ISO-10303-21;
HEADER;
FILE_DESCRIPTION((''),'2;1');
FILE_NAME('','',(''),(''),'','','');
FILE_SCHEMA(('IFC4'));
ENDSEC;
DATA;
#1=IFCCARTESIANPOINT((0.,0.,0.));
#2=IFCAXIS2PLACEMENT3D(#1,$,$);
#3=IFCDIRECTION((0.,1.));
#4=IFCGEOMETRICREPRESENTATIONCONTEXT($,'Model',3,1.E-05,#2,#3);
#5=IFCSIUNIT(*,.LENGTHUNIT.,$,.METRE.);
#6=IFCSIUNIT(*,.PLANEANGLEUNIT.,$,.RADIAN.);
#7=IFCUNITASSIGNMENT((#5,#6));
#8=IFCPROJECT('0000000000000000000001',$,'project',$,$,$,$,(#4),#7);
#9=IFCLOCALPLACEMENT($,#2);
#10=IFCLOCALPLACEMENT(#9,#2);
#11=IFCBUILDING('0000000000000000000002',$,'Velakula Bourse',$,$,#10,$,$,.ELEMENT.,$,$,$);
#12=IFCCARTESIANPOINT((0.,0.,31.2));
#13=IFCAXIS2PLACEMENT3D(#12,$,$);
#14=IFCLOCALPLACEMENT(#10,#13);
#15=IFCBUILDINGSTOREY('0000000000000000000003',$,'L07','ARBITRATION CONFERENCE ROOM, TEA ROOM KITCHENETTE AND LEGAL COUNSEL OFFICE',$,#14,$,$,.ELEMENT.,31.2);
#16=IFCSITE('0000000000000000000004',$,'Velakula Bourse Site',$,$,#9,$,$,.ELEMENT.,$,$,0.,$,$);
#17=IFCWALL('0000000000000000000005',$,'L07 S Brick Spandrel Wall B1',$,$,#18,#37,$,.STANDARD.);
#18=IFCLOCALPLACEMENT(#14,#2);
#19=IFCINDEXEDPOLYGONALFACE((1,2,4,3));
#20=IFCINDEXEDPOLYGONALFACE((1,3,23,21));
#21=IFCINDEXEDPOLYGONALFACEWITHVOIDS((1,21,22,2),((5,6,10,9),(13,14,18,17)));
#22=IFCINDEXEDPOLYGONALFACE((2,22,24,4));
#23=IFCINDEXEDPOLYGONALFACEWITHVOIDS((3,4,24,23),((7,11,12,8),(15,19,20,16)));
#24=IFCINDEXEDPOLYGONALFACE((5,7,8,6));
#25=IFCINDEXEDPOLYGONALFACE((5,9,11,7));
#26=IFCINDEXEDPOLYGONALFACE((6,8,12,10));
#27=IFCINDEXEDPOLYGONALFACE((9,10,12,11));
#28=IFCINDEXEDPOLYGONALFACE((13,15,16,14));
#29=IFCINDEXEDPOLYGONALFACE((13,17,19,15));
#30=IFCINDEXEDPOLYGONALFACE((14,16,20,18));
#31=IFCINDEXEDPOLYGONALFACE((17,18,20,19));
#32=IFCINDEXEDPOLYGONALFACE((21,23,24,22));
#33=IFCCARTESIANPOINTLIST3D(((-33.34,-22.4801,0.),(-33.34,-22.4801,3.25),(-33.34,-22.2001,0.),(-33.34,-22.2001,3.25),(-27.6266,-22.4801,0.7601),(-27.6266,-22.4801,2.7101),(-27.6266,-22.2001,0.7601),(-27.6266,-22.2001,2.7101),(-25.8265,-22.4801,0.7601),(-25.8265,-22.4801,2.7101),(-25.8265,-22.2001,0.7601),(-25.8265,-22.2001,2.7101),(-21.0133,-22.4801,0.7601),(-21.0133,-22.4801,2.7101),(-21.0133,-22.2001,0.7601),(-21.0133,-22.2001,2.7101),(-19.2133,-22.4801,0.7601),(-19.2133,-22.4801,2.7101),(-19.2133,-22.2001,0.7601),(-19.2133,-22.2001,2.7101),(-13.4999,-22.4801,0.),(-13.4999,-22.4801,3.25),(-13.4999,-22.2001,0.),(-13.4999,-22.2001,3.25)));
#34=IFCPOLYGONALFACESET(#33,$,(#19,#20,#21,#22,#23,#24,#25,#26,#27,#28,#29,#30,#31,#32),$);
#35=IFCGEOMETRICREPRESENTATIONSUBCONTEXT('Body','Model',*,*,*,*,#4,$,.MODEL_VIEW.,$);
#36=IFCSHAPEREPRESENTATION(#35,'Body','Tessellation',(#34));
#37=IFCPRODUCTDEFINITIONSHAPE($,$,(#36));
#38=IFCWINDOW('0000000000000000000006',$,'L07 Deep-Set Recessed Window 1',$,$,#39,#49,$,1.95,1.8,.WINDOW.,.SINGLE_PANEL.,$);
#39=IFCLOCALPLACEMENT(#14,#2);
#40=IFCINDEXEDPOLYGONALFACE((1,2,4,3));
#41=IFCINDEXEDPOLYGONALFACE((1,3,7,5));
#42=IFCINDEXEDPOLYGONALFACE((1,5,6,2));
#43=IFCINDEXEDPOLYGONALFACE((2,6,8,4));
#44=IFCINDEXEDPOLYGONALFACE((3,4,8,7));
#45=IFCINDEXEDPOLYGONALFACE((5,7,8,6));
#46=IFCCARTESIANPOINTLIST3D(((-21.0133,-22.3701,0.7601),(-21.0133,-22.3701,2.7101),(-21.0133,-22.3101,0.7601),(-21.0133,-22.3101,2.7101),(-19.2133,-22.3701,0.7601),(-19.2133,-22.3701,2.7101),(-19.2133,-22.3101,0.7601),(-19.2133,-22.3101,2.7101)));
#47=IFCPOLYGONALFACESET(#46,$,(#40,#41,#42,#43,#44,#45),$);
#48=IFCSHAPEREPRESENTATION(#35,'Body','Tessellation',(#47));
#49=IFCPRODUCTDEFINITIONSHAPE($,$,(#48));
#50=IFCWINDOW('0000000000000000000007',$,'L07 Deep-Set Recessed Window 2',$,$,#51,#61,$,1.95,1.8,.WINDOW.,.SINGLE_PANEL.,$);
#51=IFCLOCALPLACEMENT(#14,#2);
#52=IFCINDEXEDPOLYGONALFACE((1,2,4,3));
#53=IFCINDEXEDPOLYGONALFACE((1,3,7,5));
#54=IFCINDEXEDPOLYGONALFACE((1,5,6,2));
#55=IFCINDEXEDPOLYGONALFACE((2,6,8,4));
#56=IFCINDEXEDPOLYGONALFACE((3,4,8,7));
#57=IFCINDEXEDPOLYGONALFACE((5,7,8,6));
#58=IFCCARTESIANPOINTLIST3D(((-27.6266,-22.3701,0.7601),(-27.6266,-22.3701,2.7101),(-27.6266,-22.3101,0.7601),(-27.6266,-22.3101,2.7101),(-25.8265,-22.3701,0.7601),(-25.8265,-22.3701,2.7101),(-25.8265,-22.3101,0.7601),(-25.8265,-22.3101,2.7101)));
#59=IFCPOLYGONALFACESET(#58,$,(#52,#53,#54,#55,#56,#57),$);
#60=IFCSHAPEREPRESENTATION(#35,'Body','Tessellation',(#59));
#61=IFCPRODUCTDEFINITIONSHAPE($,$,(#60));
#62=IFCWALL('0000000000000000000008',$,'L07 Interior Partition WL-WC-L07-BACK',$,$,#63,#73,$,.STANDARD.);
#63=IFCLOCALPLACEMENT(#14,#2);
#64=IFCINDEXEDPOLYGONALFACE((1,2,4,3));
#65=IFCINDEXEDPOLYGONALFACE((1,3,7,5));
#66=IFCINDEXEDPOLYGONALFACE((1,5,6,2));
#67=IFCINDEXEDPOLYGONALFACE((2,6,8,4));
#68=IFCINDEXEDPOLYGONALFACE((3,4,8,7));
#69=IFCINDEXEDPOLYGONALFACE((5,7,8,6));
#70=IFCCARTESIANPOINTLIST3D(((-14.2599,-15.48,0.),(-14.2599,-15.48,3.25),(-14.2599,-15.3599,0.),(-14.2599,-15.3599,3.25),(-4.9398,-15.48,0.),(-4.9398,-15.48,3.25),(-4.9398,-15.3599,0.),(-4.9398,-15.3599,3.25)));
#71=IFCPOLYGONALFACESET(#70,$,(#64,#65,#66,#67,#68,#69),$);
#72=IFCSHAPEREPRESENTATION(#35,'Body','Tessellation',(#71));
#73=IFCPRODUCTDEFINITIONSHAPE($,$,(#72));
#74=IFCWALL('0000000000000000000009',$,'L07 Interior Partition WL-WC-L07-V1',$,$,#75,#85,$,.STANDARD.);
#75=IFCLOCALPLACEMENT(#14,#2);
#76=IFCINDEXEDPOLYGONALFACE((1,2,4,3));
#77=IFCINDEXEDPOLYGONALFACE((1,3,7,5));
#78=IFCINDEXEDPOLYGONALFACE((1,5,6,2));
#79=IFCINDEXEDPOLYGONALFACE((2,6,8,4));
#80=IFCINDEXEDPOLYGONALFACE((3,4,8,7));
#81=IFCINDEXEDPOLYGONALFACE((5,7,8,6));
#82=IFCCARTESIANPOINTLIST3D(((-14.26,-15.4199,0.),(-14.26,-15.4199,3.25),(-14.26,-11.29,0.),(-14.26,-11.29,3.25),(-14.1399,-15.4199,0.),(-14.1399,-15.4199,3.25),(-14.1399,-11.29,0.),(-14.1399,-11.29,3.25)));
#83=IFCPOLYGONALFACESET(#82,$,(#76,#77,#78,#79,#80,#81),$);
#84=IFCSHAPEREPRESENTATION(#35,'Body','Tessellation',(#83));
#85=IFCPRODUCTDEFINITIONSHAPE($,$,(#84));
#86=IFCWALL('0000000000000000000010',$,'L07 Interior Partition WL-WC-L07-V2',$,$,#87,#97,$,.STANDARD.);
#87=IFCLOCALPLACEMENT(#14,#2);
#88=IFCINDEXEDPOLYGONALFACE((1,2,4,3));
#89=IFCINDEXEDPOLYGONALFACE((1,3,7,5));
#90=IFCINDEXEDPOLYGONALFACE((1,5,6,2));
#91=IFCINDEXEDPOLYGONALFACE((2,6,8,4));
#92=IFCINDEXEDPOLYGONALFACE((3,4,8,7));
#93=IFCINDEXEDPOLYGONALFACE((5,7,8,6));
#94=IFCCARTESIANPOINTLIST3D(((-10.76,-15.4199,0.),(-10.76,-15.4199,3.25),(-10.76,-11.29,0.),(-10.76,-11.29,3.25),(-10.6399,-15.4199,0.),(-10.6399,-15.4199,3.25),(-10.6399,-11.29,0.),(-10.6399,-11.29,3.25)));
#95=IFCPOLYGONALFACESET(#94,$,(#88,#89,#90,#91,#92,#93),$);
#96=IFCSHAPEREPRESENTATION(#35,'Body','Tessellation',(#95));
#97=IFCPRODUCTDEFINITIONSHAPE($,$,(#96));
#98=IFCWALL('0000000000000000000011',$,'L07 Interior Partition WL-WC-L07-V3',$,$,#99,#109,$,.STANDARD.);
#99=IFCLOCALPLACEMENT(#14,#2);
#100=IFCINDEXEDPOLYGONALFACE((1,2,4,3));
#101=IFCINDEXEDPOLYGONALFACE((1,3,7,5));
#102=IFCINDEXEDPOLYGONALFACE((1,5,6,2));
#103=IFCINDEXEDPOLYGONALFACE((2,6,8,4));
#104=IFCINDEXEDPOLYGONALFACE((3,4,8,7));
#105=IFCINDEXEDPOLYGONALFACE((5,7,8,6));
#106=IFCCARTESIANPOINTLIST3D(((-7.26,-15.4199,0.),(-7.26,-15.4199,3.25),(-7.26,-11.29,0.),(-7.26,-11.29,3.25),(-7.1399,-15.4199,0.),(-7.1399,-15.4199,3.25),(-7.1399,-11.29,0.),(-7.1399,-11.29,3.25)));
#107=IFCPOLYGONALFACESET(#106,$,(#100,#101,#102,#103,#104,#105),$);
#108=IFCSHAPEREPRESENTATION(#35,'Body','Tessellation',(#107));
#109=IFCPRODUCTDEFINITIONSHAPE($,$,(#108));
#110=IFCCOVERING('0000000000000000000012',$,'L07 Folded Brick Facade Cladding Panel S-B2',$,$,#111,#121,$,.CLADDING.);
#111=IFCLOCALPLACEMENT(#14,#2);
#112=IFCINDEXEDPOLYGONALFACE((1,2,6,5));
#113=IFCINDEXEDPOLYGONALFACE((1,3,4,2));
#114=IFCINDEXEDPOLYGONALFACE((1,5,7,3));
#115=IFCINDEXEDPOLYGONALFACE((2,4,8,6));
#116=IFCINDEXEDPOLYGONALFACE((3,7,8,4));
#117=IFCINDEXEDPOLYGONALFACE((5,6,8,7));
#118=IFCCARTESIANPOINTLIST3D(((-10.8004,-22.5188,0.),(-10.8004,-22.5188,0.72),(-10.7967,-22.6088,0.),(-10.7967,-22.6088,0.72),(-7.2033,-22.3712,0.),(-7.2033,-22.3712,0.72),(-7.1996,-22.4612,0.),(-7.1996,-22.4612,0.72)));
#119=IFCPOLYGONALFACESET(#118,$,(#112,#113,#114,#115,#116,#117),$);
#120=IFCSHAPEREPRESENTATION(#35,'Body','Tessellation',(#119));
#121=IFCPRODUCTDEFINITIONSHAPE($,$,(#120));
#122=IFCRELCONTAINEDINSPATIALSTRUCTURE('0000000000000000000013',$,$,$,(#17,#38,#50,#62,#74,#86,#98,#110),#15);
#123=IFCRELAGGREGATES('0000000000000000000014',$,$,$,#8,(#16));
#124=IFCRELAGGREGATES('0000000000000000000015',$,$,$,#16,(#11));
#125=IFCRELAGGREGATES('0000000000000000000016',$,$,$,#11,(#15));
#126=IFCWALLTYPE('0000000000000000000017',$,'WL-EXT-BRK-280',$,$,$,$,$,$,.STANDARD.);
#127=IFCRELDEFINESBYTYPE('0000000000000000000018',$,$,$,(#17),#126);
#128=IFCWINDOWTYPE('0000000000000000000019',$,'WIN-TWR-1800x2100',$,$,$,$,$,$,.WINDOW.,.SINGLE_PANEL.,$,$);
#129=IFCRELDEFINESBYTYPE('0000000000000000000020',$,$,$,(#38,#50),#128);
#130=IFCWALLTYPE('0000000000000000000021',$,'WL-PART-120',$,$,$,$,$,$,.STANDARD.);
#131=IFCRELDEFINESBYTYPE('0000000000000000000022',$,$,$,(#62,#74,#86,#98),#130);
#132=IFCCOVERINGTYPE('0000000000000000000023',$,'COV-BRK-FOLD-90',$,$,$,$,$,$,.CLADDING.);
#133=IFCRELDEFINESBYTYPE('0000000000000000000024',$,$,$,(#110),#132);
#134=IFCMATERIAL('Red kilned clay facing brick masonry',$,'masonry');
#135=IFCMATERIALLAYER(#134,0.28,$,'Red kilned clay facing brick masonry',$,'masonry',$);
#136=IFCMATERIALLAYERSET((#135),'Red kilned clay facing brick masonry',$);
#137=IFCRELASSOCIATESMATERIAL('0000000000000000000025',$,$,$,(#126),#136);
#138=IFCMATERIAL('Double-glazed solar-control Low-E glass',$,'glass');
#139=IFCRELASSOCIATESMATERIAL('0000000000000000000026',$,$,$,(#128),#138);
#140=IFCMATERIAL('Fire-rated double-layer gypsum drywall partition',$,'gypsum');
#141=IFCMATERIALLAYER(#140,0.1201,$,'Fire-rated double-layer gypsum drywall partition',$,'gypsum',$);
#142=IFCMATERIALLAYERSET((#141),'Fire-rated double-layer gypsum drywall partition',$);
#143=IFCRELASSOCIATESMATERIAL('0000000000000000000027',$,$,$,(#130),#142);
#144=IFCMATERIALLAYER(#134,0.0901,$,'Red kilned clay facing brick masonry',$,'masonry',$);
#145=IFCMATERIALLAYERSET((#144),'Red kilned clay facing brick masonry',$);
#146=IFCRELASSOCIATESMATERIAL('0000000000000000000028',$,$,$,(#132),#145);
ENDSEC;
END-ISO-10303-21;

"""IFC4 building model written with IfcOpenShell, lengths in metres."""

from ifc_helpers import new_model, si_unit, direction, frame, frame_2d, origin, origin_2d, place, context, subcontext, project, spatial, rectangle, extrude, material, layer, layer_set, type_object, element, fill, save


model = new_model("IFC4")

# Units and contexts
model_context = context("Model", 3, precision=1e-05, world=origin(), true_north=direction((0.0, 1.0)))
body_context = subcontext(model_context, "Body", "Model", "MODEL_VIEW")
ifc_project = project(units=[si_unit("LENGTHUNIT", "METRE"), si_unit("PLANEANGLEUNIT", "RADIAN")], contexts=[model_context])

# Site, building, storey
site_placement = place(None, origin())
site = spatial("IfcSite", under=ifc_project, at=site_placement, Name="Velakula Bourse Site", CompositionType="ELEMENT", RefElevation=0.0)
building_placement = place(site_placement, origin())
building = spatial("IfcBuilding", under=site, at=building_placement, Name="Velakula Bourse", CompositionType="ELEMENT")
storey_placement = place(building_placement, frame((0.0, 0.0, 31.2)))
storey = spatial("IfcBuildingStorey", under=building, at=storey_placement, Name="L07", Description="ARBITRATION CONFERENCE ROOM, TEA ROOM KITCHENETTE AND LEGAL COUNSEL OFFICE", CompositionType="ELEMENT", Elevation=31.2)

# Wall, openings, windows
ifc_material_1 = material(Name="Red kilned clay facing brick masonry", Category="masonry")
ifc_layer_1 = layer(ifc_material_1, 0.28, Name="Red kilned clay facing brick masonry", Category="masonry")
ifc_layer_set_1 = layer_set([ifc_layer_1], Name="Red kilned clay facing brick masonry")
wall_type_1 = type_object("IfcWallType", Name="WL-EXT-BRK-280", PredefinedType="STANDARD", material=ifc_layer_set_1)
wall_1_placement = place(storey_placement, frame((-13.5, -22.3401, 0.0), z_axis=(0.0, 0.0, 1.0), x_axis=(-1.0, 0.0, 0.0)))
wall_1 = element("IfcWall", 1, at=wall_1_placement, inside=storey, type_object=wall_type_1, Name="L07 S Brick Spandrel Wall B1", PredefinedType="STANDARD", context=body_context, shape_type="SweptSolid", body=[
    extrude(rectangle(XDim=19.8401, YDim=0.28, at=frame_2d((9.9199, 0.0))), origin(), (0.0, 0.0, 1.0), 3.25),
])
opening_1_placement = place(wall_1_placement, frame((5.7134, 0.0, 0.76)))
opening_1 = element("IfcOpeningElement", 2, at=opening_1_placement, cuts=wall_1, PredefinedType="OPENING", context=body_context, shape_type="SweptSolid", body=[
    extrude(rectangle(XDim=1.8, YDim=1.95, at=frame_2d((0.8999, 0.9751))), frame((0.0, 0.1499, 0.0), z_axis=(0.0, -1.0, 0.0), x_axis=(1.0, 0.0, 0.0)), (0.0, 0.0, 1.0), 0.3),
])
opening_2_placement = place(wall_1_placement, frame((12.3267, 0.0, 0.76)))
opening_2 = element("IfcOpeningElement", 3, at=opening_2_placement, cuts=wall_1, PredefinedType="OPENING", context=body_context, shape_type="SweptSolid", body=[
    extrude(rectangle(XDim=1.8, YDim=1.95, at=frame_2d((0.8999, 0.9751))), frame((0.0, 0.1499, 0.0), z_axis=(0.0, -1.0, 0.0), x_axis=(1.0, 0.0, 0.0)), (0.0, 0.0, 1.0), 0.3),
])
ifc_material_2 = material(Name="Double-glazed solar-control Low-E glass", Category="glass")
window_type = type_object("IfcWindowType", Name="WIN-TWR-1800x2100", PartitioningType="SINGLE_PANEL", PredefinedType="WINDOW", material=ifc_material_2)
window_1_placement = place(opening_1_placement, origin())
window_1 = element("IfcWindow", 4, at=window_1_placement, inside=storey, type_object=window_type, Name="L07 Deep-Set Recessed Window 1", OverallHeight=1.95, OverallWidth=1.8, PartitioningType="SINGLE_PANEL", PredefinedType="WINDOW", context=body_context, shape_type="SweptSolid", body=[
    extrude(rectangle(XDim=1.8, YDim=1.95, at=frame_2d((0.8999, 0.9751))), frame((0.0, 0.03, 0.0), z_axis=(0.0, -1.0, 0.0), x_axis=(1.0, 0.0, 0.0)), (0.0, 0.0, 1.0), 0.0601),
])
fill(opening_1, window_1)
window_2_placement = place(opening_2_placement, origin())
window_2 = element("IfcWindow", 5, at=window_2_placement, inside=storey, type_object=window_type, Name="L07 Deep-Set Recessed Window 2", OverallHeight=1.95, OverallWidth=1.8, PartitioningType="SINGLE_PANEL", PredefinedType="WINDOW", context=body_context, shape_type="SweptSolid", body=[
    extrude(rectangle(XDim=1.8, YDim=1.95, at=frame_2d((0.8999, 0.9751))), frame((0.0, 0.03, 0.0), z_axis=(0.0, -1.0, 0.0), x_axis=(1.0, 0.0, 0.0)), (0.0, 0.0, 1.0), 0.0601),
])
fill(opening_2, window_2)

# Walls
ifc_material_3 = material(Name="Fire-rated double-layer gypsum drywall partition", Category="gypsum")
ifc_layer_2 = layer(ifc_material_3, 0.1201, Name="Fire-rated double-layer gypsum drywall partition", Category="gypsum")
ifc_layer_set_2 = layer_set([ifc_layer_2], Name="Fire-rated double-layer gypsum drywall partition")
wall_type_2 = type_object("IfcWallType", Name="WL-PART-120", PredefinedType="STANDARD", material=ifc_layer_set_2)
wall_2_placement = place(storey_placement, frame((-14.26, -15.4199, 0.0), z_axis=(0.0, 0.0, 1.0), x_axis=(1.0, 0.0, 0.0)))
element("IfcWall", 6, at=wall_2_placement, inside=storey, type_object=wall_type_2, Name="L07 Interior Partition WL-WC-L07-BACK", PredefinedType="STANDARD", context=body_context, shape_type="SweptSolid", body=[
    extrude(rectangle(XDim=9.3201, YDim=0.1201, at=frame_2d((4.6602, 0.0))), origin(), (0.0, 0.0, 1.0), 3.25),
])
for number, where, z_axis, x_axis, name in (
    (7, (-14.2, -15.4199, 0.0), (0.0, 0.0, 1.0), (0.0, 1.0, 0.0), "L07 Interior Partition WL-WC-L07-V1"),
    (8, (-10.7, -15.4199, 0.0), (0.0, 0.0, 1.0), (0.0, 1.0, 0.0), "L07 Interior Partition WL-WC-L07-V2"),
    (9, (-7.2, -15.4199, 0.0), (0.0, 0.0, 1.0), (0.0, 1.0, 0.0), "L07 Interior Partition WL-WC-L07-V3"),
):
    element("IfcWall", number, at=place(storey_placement, frame(where, z_axis=z_axis, x_axis=x_axis)), inside=storey, type_object=wall_type_2, Name=name, PredefinedType="STANDARD", context=body_context, shape_type="SweptSolid", body=[
        extrude(rectangle(XDim=4.1299, YDim=0.1201, at=frame_2d((2.0649, 0.0))), origin(), (0.0, 0.0, 1.0), 3.25),
    ])

# Covering
ifc_layer_3 = layer(ifc_material_1, 0.0901, Name="Red kilned clay facing brick masonry", Category="masonry")
ifc_layer_set_3 = layer_set([ifc_layer_3], Name="Red kilned clay facing brick masonry")
covering_type = type_object("IfcCoveringType", Name="COV-BRK-FOLD-90", PredefinedType="CLADDING", material=ifc_layer_set_3)
covering_placement = place(storey_placement, frame((-9.0, -22.49, 0.0), z_axis=(0.0, 0.0, 1.0), x_axis=(0.999159, 0.041004, 0.0)))
element("IfcCovering", 10, at=covering_placement, inside=storey, type_object=covering_type, Name="L07 Folded Brick Facade Cladding Panel S-B2", PredefinedType="CLADDING", context=body_context, shape_type="SweptSolid", body=[
    extrude(rectangle(XDim=3.6001, YDim=0.0901, at=origin_2d()), origin(), (0.0, 0.0, 1.0), 0.72),
])

save(model, "model.ifc")
